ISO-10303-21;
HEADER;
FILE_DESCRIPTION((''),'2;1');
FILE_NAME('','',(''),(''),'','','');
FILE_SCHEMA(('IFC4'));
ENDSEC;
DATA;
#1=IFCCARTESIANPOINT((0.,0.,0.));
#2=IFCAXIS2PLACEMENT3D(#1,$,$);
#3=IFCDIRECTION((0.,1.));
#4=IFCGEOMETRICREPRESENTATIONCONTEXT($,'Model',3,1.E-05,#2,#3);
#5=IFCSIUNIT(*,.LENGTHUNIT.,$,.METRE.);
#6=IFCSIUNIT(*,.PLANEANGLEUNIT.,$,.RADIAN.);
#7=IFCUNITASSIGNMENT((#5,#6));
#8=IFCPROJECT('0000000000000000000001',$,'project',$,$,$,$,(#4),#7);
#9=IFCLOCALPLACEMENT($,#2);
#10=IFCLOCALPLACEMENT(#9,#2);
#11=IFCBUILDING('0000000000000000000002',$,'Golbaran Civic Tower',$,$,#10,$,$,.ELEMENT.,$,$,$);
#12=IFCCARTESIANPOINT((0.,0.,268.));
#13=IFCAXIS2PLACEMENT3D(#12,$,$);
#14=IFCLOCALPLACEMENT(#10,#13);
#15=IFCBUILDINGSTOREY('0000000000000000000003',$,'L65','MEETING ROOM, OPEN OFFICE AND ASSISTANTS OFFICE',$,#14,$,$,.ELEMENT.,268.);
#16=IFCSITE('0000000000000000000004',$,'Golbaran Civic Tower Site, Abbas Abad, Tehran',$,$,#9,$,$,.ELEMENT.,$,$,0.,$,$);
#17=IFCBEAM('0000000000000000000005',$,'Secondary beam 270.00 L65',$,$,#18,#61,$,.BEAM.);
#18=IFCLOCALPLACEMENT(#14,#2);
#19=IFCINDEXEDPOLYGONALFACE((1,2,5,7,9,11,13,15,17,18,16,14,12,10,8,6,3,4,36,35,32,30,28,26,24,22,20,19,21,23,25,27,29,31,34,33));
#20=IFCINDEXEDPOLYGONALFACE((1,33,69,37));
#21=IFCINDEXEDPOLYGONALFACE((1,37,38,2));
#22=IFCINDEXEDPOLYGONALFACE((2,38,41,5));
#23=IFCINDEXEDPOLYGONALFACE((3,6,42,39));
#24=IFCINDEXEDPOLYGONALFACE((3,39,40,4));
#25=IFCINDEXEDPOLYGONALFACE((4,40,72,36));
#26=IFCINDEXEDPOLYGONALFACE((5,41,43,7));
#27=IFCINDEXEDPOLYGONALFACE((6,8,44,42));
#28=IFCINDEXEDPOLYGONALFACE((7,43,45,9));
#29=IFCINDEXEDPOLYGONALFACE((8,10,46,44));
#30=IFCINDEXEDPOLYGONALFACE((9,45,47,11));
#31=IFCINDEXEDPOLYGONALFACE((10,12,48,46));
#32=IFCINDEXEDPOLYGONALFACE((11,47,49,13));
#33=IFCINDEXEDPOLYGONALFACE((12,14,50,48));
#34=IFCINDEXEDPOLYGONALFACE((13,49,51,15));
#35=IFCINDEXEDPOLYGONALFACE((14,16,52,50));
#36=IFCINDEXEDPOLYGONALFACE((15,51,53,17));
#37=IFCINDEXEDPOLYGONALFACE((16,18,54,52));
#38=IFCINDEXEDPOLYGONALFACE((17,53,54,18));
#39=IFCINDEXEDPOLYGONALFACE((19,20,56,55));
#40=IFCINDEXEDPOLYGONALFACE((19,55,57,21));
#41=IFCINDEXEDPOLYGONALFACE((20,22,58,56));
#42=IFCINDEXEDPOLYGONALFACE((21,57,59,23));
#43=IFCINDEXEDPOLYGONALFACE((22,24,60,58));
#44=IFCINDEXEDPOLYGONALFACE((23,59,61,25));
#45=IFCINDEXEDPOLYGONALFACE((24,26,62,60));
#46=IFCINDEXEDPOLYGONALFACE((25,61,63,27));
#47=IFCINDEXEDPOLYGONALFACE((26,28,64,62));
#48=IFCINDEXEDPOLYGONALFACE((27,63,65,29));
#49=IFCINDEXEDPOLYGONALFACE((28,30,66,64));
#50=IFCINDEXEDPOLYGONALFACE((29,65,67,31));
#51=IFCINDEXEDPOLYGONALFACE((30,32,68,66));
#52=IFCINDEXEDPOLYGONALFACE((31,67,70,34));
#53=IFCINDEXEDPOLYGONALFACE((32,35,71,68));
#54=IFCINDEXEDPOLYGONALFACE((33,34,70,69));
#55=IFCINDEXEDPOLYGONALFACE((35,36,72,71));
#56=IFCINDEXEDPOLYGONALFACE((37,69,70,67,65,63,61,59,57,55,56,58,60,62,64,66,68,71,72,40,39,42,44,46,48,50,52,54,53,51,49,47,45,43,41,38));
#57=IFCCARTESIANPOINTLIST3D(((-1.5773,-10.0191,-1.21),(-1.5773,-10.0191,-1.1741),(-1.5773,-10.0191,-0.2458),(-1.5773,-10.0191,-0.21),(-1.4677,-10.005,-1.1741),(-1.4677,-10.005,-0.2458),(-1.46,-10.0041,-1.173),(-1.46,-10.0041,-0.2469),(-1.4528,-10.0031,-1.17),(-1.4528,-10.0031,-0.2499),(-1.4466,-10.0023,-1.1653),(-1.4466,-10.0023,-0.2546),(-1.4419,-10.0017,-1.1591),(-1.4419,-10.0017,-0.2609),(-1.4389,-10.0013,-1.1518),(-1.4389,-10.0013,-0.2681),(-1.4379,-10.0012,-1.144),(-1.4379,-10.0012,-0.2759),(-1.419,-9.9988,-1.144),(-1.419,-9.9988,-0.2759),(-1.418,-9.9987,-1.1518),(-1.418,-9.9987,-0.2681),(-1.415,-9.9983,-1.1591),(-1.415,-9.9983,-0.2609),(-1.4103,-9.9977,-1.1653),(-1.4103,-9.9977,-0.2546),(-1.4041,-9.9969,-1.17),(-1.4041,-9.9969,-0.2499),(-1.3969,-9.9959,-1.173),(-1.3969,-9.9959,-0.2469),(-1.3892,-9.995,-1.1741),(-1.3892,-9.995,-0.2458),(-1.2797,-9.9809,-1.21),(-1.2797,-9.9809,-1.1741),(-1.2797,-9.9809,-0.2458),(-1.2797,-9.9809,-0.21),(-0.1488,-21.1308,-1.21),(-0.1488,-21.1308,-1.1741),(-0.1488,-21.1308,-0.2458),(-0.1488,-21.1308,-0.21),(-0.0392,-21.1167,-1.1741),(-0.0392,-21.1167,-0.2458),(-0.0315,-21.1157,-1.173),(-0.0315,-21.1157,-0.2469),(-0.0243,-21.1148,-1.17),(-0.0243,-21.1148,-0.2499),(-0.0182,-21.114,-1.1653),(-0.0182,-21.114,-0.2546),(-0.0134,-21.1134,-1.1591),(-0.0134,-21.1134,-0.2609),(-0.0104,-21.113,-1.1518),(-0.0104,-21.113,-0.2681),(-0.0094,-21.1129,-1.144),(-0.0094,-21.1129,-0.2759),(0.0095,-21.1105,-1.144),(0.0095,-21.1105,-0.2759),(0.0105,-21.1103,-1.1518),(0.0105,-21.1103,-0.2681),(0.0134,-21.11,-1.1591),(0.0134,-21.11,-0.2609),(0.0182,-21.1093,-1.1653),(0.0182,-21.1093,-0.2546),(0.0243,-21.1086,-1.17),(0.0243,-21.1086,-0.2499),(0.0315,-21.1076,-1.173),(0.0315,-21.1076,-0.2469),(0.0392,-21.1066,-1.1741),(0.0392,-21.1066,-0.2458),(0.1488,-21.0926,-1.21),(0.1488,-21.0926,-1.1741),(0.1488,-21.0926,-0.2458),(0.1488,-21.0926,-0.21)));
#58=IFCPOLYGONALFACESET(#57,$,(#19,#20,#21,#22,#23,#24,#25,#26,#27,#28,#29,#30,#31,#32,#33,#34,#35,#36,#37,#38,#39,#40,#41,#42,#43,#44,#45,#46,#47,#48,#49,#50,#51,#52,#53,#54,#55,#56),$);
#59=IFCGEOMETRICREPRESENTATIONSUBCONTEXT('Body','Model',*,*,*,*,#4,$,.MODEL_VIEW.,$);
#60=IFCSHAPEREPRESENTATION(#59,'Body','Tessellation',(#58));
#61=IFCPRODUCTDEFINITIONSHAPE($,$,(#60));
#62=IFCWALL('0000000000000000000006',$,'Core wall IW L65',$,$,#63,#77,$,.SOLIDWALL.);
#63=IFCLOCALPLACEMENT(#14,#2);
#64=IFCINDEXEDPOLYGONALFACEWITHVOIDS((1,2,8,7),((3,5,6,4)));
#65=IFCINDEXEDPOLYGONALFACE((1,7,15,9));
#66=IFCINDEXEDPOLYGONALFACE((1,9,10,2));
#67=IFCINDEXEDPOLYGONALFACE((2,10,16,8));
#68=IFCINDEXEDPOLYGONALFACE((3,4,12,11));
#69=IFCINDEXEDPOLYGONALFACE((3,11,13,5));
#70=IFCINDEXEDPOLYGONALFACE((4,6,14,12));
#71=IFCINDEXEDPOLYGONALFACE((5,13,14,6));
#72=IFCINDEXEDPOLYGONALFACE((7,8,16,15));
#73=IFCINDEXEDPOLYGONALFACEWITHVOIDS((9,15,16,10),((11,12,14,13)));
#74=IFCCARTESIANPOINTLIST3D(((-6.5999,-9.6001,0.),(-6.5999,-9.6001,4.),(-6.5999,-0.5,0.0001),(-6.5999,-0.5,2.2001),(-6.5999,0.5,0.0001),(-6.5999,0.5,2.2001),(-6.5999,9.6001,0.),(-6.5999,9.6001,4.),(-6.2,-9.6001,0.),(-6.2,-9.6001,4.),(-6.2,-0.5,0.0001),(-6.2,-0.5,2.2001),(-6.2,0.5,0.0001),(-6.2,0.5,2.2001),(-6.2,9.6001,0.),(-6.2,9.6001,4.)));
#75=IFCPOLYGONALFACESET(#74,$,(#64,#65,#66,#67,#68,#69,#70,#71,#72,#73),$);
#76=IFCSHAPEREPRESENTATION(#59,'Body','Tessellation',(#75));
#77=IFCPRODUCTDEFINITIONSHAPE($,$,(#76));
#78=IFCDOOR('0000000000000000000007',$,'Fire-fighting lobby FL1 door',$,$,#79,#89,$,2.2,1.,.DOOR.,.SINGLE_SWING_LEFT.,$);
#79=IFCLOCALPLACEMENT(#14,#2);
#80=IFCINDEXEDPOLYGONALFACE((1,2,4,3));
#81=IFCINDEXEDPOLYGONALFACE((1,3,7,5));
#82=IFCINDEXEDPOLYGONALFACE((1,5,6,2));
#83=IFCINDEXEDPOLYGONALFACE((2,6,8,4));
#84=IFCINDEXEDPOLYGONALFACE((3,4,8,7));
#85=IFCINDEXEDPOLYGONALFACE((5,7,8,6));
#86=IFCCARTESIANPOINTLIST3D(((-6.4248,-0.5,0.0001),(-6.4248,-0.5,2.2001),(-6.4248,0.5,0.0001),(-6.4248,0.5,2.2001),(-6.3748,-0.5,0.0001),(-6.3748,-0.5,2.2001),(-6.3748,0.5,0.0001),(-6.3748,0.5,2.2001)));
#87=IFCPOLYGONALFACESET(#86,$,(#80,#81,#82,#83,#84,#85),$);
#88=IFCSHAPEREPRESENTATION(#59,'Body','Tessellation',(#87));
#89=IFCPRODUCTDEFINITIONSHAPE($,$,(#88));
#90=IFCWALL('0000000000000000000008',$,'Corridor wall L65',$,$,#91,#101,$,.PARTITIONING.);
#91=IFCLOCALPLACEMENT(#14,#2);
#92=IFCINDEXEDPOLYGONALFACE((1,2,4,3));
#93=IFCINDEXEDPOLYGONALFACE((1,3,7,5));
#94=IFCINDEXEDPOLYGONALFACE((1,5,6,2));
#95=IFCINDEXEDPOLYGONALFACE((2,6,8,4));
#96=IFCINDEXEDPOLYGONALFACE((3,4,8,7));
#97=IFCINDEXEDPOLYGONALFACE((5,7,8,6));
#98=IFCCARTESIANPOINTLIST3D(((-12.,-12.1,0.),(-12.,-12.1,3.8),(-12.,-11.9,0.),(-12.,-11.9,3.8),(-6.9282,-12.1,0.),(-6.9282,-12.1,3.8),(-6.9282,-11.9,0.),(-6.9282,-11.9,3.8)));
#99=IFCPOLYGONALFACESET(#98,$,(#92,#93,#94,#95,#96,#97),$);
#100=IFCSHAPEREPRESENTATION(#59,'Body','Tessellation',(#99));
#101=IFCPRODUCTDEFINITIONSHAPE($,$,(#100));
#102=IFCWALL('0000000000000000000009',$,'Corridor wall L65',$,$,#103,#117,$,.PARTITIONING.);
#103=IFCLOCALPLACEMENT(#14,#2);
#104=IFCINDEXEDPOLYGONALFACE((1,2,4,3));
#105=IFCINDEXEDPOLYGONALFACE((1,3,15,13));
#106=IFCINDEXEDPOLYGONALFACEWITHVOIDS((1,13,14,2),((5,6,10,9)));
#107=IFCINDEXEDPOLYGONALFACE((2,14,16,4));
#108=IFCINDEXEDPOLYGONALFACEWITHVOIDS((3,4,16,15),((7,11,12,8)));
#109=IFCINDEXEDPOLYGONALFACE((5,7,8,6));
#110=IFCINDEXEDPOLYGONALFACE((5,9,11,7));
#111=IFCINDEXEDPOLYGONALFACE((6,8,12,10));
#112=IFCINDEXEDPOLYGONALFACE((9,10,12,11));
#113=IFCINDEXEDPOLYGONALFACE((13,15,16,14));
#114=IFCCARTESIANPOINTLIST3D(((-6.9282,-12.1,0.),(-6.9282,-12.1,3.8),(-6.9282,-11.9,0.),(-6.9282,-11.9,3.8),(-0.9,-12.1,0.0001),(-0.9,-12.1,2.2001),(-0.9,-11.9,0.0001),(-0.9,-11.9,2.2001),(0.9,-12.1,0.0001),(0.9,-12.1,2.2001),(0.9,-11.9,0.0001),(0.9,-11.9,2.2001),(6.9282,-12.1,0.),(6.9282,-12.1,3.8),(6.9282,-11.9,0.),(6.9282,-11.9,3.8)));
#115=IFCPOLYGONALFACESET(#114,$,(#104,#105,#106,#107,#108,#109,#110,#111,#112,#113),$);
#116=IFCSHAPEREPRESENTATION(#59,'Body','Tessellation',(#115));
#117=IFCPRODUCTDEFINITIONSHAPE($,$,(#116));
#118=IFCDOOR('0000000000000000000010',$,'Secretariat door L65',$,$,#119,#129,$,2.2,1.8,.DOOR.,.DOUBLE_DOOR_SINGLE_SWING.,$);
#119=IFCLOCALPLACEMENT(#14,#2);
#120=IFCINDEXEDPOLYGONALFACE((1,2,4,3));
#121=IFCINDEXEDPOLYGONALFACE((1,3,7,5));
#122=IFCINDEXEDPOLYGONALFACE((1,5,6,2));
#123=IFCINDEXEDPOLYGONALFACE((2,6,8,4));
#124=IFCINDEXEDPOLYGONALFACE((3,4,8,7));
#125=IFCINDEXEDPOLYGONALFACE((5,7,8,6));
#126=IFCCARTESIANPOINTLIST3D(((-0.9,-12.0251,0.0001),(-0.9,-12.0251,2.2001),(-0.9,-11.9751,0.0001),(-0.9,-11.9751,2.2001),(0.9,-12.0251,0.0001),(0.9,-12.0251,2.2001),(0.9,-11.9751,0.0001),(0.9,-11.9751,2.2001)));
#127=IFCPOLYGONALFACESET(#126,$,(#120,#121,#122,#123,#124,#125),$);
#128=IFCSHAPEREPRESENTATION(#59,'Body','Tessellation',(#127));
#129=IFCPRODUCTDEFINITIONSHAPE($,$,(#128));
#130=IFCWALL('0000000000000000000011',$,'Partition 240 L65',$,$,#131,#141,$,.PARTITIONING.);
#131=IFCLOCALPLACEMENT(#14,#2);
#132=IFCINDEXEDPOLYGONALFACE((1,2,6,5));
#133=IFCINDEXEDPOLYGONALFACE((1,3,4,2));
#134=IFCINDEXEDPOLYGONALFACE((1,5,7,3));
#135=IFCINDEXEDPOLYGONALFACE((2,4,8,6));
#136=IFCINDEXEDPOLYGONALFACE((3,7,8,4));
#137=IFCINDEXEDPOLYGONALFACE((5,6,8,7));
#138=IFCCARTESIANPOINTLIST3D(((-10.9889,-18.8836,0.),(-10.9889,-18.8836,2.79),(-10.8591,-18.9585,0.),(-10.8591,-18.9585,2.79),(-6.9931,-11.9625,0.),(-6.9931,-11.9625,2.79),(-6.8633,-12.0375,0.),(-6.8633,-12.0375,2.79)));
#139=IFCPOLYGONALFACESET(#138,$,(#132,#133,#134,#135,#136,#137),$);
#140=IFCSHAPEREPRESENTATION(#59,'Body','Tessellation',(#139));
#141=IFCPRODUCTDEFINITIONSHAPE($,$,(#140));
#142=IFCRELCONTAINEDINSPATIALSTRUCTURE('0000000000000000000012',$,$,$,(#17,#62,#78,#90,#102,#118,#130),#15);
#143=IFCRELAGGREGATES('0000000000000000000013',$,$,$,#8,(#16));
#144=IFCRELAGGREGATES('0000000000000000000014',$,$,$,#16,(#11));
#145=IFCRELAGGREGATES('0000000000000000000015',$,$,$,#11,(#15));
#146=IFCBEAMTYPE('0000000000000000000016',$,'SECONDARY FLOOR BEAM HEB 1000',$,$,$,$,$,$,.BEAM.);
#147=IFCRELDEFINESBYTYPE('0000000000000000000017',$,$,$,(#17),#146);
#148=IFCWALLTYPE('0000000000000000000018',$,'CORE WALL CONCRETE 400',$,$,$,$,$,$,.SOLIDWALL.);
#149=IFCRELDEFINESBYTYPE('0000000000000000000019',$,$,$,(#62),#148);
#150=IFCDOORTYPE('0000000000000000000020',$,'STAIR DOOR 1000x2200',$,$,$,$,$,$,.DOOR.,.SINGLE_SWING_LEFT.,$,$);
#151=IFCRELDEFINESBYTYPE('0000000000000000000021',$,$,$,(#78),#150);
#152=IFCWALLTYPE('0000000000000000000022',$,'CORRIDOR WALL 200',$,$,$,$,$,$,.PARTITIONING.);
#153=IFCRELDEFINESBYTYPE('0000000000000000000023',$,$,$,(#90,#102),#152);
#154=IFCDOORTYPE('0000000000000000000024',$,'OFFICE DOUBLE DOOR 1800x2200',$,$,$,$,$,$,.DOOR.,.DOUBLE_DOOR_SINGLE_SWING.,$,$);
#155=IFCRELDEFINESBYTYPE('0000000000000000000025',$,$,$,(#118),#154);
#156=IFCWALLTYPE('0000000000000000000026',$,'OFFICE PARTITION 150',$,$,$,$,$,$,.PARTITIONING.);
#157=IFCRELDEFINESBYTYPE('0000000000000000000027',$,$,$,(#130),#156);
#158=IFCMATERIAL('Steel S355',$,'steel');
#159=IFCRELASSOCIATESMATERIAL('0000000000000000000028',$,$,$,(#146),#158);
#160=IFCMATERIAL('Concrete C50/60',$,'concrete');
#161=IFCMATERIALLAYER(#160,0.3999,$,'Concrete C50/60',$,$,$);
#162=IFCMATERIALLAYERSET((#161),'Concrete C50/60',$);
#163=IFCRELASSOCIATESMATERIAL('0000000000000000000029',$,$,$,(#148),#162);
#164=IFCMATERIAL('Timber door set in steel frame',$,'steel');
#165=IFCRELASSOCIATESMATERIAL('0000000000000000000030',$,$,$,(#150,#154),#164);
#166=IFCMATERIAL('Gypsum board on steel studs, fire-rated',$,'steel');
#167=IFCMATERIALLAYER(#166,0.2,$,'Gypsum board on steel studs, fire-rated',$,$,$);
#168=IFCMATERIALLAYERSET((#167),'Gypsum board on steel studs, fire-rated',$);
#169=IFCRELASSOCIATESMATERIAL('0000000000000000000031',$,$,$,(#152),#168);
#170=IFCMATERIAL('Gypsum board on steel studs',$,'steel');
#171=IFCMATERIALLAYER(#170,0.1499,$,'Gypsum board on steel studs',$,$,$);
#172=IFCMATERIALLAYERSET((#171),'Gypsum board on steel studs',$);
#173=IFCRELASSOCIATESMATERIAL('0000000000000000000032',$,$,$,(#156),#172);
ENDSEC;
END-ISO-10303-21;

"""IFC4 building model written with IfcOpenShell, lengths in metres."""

from ifc_helpers import new_model, si_unit, direction, frame, frame_2d, origin, origin_2d, place, context, subcontext, project, spatial, rectangle, i_section, extrude, material, layer, layer_set, material_profile, profile_set, type_object, element, fill, save


model = new_model("IFC4")

# Units and contexts
model_context = context("Model", 3, precision=1e-05, world=origin(), true_north=direction((0.0, 1.0)))
body_context = subcontext(model_context, "Body", "Model", "MODEL_VIEW")
ifc_project = project(units=[si_unit("LENGTHUNIT", "METRE"), si_unit("PLANEANGLEUNIT", "RADIAN")], contexts=[model_context])

# Site, building, storey
site_placement = place(None, origin())
site = spatial("IfcSite", under=ifc_project, at=site_placement, Name="Golbaran Civic Tower Site, Abbas Abad, Tehran", CompositionType="ELEMENT", RefElevation=0.0)
building_placement = place(site_placement, origin())
building = spatial("IfcBuilding", under=site, at=building_placement, Name="Golbaran Civic Tower", CompositionType="ELEMENT")
storey_placement = place(building_placement, frame((0.0, 0.0, 268.0)))
storey = spatial("IfcBuildingStorey", under=building, at=storey_placement, Name="L65", Description="MEETING ROOM, OPEN OFFICE AND ASSISTANTS OFFICE", CompositionType="ELEMENT", Elevation=268.0)

# Beam
ifc_material_1 = material(Name="Steel S355", Category="steel")
ifc_material_profile_1 = material_profile(ifc_material_1, i_section(OverallWidth=0.3, OverallDepth=1.0, WebThickness=0.019, FlangeThickness=0.0359, FilletRadius=0.03, at=origin_2d()), Name="HEB 1000")
ifc_profile_set_1 = profile_set([ifc_material_profile_1], Name="Steel S355")
beam_type_1 = type_object("IfcBeamType", Name="SECONDARY FLOOR BEAM HEB 1000", PredefinedType="BEAM", material=ifc_profile_set_1)
beam_1_placement = place(storey_placement, frame((-1.4285, -10.0, -0.71), z_axis=(0.127507, -0.991838, 0.0), x_axis=(0.991838, 0.127507, 0.0)))
element("IfcBeam", 1, at=beam_1_placement, inside=storey, type_object=beam_type_1, Name="Secondary beam 270.00 L65", PredefinedType="BEAM", context=body_context, shape_type="SweptSolid", body=[
    extrude(i_section(OverallWidth=0.3, OverallDepth=1.0, WebThickness=0.019, FlangeThickness=0.0359, FilletRadius=0.03, at=origin_2d()), origin(), (0.0, 0.0, 1.0), 11.2031),
])

# Wall, opening, door
ifc_material_2 = material(Name="Concrete C50/60", Category="concrete")
ifc_layer_1 = layer(ifc_material_2, 0.3999, Name="Concrete C50/60")
ifc_layer_set_1 = layer_set([ifc_layer_1], Name="Concrete C50/60")
wall_type_1 = type_object("IfcWallType", Name="CORE WALL CONCRETE 400", PredefinedType="SOLIDWALL", material=ifc_layer_set_1)
wall_1_placement = place(storey_placement, frame((-6.3999, -9.6001, 0.0), z_axis=(0.0, 0.0, 1.0), x_axis=(0.0, 1.0, 0.0)))
wall_1 = element("IfcWall", 2, at=wall_1_placement, inside=storey, type_object=wall_type_1, Name="Core wall IW L65", PredefinedType="SOLIDWALL", context=body_context, shape_type="SweptSolid", body=[
    extrude(rectangle(XDim=19.2002, YDim=0.3999, at=frame_2d((9.6001, 0.0))), origin(), (0.0, 0.0, 1.0), 4.0),
])
opening_1_placement = place(wall_1_placement, frame((9.1001, 0.0, 0.0)))
opening_1 = element("IfcOpeningElement", 3, at=opening_1_placement, cuts=wall_1, PredefinedType="OPENING", context=body_context, shape_type="SweptSolid", body=[
    extrude(rectangle(XDim=1.0, YDim=2.2, at=frame_2d((0.5, 1.1001))), frame((0.0, 0.21, 0.0), z_axis=(0.0, -1.0, 0.0), x_axis=(1.0, 0.0, 0.0)), (0.0, 0.0, 1.0), 0.4199),
])
ifc_material_3 = material(Name="Timber door set in steel frame", Category="steel")
door_type_1 = type_object("IfcDoorType", Name="STAIR DOOR 1000x2200", OperationType="SINGLE_SWING_LEFT", PredefinedType="DOOR", material=ifc_material_3)
door_1_placement = place(opening_1_placement, origin())
door_1 = element("IfcDoor", 4, at=door_1_placement, inside=storey, type_object=door_type_1, Name="Fire-fighting lobby FL1 door", OperationType="SINGLE_SWING_LEFT", OverallHeight=2.2, OverallWidth=1.0, PredefinedType="DOOR", context=body_context, shape_type="SweptSolid", body=[
    extrude(rectangle(XDim=1.0, YDim=2.2, at=frame_2d((0.5, 1.1001))), frame((0.0, 0.0249, 0.0), z_axis=(0.0, -1.0, 0.0), x_axis=(1.0, 0.0, 0.0)), (0.0, 0.0, 1.0), 0.05),
])
fill(opening_1, door_1)

# Wall
ifc_material_4 = material(Name="Gypsum board on steel studs, fire-rated", Category="steel")
ifc_layer_2 = layer(ifc_material_4, 0.2, Name="Gypsum board on steel studs, fire-rated")
ifc_layer_set_2 = layer_set([ifc_layer_2], Name="Gypsum board on steel studs, fire-rated")
wall_type_2 = type_object("IfcWallType", Name="CORRIDOR WALL 200", PredefinedType="PARTITIONING", material=ifc_layer_set_2)
wall_2_placement = place(storey_placement, frame((-12.0, -12.0, 0.0), z_axis=(0.0, 0.0, 1.0), x_axis=(1.0, 0.0, 0.0)))
element("IfcWall", 5, at=wall_2_placement, inside=storey, type_object=wall_type_2, Name="Corridor wall L65", PredefinedType="PARTITIONING", context=body_context, shape_type="SweptSolid", body=[
    extrude(rectangle(XDim=5.0718, YDim=0.2, at=frame_2d((2.5359, 0.0))), origin(), (0.0, 0.0, 1.0), 3.8),
])

# Wall, opening, door
wall_3_placement = place(storey_placement, frame((-6.9282, -12.0, 0.0), z_axis=(0.0, 0.0, 1.0), x_axis=(1.0, 0.0, 0.0)))
wall_3 = element("IfcWall", 6, at=wall_3_placement, inside=storey, type_object=wall_type_2, Name="Corridor wall L65", PredefinedType="PARTITIONING", context=body_context, shape_type="SweptSolid", body=[
    extrude(rectangle(XDim=13.8564, YDim=0.2, at=frame_2d((6.9282, 0.0))), origin(), (0.0, 0.0, 1.0), 3.8),
])
opening_2_placement = place(wall_3_placement, frame((6.0283, 0.0, 0.0)))
opening_2 = element("IfcOpeningElement", 7, at=opening_2_placement, cuts=wall_3, PredefinedType="OPENING", context=body_context, shape_type="SweptSolid", body=[
    extrude(rectangle(XDim=1.8, YDim=2.2, at=frame_2d((0.8999, 1.1001))), frame((0.0, 0.1099, 0.0), z_axis=(0.0, -1.0, 0.0), x_axis=(1.0, 0.0, 0.0)), (0.0, 0.0, 1.0), 0.22),
])
door_type_2 = type_object("IfcDoorType", Name="OFFICE DOUBLE DOOR 1800x2200", OperationType="DOUBLE_DOOR_SINGLE_SWING", PredefinedType="DOOR", material=ifc_material_3)
door_2_placement = place(opening_2_placement, origin())
door_2 = element("IfcDoor", 8, at=door_2_placement, inside=storey, type_object=door_type_2, Name="Secretariat door L65", OperationType="DOUBLE_DOOR_SINGLE_SWING", OverallHeight=2.2, OverallWidth=1.8, PredefinedType="DOOR", context=body_context, shape_type="SweptSolid", body=[
    extrude(rectangle(XDim=1.8, YDim=2.2, at=frame_2d((0.8999, 1.1001))), frame((0.0, 0.0249, 0.0), z_axis=(0.0, -1.0, 0.0), x_axis=(1.0, 0.0, 0.0)), (0.0, 0.0, 1.0), 0.05),
])
fill(opening_2, door_2)

# Wall
ifc_material_5 = material(Name="Gypsum board on steel studs", Category="steel")
ifc_layer_3 = layer(ifc_material_5, 0.1499, Name="Gypsum board on steel studs")
ifc_layer_set_3 = layer_set([ifc_layer_3], Name="Gypsum board on steel studs")
wall_type_3 = type_object("IfcWallType", Name="OFFICE PARTITION 150", PredefinedType="PARTITIONING", material=ifc_layer_set_3)
wall_4_placement = place(storey_placement, frame((-6.9282, -12.0, 0.0), z_axis=(0.0, 0.0, 1.0), x_axis=(-0.499993, -0.866029, 0.0)))
element("IfcWall", 9, at=wall_4_placement, inside=storey, type_object=wall_type_3, Name="Partition 240 L65", PredefinedType="PARTITIONING", context=body_context, shape_type="SweptSolid", body=[
    extrude(rectangle(XDim=7.9917, YDim=0.1499, at=frame_2d((3.9958, 0.0))), origin(), (0.0, 0.0, 1.0), 2.79),
])

save(model, "model.ifc")
